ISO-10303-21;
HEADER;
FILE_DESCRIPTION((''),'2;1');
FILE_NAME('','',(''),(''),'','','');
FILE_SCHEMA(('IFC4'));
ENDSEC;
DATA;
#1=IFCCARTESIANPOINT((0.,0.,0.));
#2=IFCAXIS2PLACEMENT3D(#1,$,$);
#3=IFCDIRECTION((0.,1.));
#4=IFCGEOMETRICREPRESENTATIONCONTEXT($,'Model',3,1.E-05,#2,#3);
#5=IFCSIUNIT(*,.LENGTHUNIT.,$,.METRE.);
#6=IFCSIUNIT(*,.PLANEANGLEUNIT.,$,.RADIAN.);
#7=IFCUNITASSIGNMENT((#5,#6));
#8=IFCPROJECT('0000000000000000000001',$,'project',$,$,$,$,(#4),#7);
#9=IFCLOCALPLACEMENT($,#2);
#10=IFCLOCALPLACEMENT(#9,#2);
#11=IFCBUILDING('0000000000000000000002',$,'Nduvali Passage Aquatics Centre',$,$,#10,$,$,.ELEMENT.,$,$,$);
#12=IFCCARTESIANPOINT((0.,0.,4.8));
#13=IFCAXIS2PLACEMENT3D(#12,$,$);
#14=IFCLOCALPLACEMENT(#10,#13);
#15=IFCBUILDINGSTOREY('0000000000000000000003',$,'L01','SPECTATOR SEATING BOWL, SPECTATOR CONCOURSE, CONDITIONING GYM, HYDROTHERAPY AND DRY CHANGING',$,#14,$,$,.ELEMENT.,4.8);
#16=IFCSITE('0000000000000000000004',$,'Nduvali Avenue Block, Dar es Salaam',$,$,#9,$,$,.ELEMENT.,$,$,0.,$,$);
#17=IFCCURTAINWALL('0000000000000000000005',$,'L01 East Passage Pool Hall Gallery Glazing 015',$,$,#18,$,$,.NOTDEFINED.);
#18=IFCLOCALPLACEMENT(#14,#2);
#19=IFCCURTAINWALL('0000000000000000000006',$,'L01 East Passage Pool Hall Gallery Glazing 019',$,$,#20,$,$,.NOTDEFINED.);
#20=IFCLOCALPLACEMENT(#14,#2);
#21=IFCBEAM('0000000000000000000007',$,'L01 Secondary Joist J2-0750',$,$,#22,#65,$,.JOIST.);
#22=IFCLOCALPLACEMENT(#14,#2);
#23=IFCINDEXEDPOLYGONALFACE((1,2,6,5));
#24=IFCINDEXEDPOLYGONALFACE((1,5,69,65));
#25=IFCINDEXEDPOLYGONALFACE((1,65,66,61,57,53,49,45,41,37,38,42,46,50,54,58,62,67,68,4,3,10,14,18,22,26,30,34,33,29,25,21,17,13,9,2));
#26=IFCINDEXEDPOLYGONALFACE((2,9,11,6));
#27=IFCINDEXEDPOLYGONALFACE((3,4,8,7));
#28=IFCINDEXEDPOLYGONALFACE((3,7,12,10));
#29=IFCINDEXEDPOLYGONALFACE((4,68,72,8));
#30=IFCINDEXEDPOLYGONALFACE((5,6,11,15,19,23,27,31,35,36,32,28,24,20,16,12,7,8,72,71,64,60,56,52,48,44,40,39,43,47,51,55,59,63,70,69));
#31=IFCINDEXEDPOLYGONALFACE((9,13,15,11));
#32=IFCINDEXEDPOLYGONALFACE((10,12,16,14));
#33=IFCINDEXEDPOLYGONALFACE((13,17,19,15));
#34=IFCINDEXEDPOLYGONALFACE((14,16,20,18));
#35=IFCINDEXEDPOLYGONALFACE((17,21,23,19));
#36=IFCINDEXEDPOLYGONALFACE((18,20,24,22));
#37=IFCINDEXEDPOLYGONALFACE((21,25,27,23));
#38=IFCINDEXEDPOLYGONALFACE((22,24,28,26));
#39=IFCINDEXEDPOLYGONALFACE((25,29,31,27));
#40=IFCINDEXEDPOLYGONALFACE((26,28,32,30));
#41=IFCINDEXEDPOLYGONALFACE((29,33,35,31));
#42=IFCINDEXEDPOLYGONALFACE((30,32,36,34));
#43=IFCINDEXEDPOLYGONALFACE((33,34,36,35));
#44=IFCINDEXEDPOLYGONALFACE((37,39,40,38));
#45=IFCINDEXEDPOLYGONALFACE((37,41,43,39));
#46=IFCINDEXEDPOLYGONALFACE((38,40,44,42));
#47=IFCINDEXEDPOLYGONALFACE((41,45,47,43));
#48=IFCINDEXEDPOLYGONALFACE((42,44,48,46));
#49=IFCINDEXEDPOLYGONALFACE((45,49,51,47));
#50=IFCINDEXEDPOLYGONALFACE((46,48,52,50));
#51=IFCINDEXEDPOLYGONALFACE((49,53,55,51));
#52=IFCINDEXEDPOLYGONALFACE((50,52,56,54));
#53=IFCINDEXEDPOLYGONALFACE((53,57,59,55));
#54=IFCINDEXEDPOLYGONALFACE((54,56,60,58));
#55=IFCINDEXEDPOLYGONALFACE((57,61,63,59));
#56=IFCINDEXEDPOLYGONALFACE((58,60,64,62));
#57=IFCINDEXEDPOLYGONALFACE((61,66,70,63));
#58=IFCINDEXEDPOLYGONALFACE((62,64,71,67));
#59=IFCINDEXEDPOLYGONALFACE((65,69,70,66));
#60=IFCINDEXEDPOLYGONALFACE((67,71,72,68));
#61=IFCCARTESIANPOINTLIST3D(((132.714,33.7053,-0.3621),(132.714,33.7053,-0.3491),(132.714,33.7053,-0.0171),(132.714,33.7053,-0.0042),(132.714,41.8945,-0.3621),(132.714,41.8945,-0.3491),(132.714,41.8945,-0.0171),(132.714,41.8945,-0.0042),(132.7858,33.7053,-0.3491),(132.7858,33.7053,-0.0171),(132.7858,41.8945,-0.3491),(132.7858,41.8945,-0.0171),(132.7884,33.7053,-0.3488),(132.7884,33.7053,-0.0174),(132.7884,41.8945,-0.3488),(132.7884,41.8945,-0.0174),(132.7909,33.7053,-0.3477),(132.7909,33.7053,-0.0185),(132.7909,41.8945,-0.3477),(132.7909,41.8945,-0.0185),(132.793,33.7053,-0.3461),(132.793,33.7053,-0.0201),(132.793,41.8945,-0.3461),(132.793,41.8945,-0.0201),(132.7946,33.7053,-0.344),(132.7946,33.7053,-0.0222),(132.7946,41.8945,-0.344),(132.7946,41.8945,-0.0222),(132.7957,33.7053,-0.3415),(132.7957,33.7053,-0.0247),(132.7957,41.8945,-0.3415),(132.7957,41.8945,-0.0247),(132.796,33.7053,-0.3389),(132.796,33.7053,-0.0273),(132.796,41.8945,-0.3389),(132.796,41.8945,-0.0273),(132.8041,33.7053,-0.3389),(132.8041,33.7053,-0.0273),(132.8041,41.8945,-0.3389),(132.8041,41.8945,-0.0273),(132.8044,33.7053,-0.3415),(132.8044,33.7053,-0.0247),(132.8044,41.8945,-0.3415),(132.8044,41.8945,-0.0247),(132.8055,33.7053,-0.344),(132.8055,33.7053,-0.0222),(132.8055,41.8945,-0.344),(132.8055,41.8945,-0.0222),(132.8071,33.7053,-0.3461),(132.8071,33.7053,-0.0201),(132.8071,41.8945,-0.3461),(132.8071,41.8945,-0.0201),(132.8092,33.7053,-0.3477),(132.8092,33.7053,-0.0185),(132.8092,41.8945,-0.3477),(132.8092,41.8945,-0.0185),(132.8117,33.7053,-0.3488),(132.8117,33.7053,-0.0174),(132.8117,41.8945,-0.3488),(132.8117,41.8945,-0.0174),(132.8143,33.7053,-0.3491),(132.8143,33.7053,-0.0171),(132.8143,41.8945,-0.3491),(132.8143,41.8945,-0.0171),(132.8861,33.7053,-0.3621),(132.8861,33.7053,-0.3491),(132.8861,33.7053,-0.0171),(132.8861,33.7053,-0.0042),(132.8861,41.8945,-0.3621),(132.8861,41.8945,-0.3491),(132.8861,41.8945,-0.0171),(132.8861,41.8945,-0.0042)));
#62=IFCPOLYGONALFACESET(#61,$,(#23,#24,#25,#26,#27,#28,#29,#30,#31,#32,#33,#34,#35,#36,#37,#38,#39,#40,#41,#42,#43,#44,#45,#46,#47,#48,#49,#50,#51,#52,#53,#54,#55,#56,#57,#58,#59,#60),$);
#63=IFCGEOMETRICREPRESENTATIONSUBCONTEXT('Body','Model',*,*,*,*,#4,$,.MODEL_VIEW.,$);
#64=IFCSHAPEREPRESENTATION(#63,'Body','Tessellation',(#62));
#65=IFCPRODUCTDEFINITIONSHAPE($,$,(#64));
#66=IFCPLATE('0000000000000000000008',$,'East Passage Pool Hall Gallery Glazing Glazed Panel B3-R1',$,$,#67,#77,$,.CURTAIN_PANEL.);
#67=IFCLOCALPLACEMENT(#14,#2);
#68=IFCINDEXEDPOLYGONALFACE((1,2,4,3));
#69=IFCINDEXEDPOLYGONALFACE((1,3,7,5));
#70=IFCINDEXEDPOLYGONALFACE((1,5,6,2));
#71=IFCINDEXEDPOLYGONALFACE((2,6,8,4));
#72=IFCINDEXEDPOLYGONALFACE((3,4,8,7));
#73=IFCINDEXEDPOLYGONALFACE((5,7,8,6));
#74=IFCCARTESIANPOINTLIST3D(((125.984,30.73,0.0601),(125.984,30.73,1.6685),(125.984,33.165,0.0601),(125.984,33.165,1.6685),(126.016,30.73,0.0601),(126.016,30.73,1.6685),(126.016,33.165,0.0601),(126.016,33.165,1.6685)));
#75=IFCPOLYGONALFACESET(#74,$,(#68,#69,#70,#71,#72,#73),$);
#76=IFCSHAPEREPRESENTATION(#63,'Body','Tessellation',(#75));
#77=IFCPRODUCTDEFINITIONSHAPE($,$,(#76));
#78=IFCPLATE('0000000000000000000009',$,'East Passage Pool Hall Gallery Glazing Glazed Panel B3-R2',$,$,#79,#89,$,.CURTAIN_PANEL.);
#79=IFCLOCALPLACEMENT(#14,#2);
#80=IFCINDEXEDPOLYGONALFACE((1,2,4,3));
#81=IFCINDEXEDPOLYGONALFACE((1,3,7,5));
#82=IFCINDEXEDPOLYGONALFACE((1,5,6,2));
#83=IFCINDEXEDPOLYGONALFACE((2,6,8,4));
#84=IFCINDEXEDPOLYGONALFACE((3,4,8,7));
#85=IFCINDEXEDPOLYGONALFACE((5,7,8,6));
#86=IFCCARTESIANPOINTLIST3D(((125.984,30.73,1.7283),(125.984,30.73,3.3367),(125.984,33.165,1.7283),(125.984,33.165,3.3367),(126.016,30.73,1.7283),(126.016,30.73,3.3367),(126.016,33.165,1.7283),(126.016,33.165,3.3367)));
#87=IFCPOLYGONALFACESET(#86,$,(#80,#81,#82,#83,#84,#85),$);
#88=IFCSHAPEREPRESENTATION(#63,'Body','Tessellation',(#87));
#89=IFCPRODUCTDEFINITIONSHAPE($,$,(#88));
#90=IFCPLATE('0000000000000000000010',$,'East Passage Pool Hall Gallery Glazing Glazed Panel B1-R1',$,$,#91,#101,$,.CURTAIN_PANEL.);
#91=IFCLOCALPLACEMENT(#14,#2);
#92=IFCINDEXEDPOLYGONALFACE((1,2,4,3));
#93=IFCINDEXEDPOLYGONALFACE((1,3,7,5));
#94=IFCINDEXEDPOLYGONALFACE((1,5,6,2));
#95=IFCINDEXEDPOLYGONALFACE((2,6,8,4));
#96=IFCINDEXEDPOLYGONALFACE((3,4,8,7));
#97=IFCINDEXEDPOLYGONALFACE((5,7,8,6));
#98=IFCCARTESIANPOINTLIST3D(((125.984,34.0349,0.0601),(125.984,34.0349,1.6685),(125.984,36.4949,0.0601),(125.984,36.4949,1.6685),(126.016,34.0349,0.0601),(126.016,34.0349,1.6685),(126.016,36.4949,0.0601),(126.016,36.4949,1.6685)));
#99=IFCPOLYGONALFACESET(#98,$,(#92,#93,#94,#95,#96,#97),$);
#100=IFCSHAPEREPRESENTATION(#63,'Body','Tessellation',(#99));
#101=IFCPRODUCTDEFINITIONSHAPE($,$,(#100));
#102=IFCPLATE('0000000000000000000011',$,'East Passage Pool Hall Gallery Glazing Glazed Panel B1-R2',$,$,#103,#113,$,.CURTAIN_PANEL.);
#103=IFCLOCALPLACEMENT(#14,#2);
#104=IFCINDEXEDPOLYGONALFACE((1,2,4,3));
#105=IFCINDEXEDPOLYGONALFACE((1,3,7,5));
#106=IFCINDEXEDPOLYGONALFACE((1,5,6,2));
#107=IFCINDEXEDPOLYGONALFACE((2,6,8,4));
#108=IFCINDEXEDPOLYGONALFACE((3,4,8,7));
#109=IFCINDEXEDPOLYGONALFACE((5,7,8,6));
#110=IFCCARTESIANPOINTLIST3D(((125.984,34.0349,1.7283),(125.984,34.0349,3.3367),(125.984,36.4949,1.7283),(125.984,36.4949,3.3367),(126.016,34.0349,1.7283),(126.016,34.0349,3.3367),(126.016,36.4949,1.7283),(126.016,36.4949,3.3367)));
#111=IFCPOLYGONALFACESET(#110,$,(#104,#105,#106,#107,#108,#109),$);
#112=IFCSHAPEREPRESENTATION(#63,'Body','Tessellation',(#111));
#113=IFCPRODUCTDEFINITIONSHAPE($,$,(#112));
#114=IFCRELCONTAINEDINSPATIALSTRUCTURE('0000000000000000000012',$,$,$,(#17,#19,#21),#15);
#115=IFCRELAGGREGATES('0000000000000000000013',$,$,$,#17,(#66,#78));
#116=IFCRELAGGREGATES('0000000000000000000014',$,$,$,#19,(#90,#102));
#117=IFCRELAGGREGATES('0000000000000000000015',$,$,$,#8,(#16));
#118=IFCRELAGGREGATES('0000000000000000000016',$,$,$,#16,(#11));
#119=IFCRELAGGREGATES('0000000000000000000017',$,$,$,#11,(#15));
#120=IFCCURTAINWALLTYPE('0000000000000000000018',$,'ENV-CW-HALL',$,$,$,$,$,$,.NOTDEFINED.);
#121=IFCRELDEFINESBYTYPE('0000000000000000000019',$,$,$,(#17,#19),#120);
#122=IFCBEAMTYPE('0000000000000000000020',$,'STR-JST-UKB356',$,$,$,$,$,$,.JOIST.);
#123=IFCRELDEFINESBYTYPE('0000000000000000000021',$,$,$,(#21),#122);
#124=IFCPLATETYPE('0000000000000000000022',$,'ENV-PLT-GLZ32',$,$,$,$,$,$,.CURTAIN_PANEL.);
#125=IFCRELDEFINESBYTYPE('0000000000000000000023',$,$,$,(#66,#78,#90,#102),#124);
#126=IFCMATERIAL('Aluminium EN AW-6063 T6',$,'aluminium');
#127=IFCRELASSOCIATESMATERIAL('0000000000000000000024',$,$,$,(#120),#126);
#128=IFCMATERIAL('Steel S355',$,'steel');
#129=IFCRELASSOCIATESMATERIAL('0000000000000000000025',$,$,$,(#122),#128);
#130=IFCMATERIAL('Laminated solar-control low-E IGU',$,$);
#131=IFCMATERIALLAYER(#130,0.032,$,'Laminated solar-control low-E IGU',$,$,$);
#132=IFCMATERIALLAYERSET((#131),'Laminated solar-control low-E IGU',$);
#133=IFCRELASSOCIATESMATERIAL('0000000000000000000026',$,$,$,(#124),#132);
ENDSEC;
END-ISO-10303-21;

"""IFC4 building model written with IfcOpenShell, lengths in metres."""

from ifc_helpers import new_model, si_unit, direction, frame, origin, origin_2d, place, context, subcontext, project, spatial, rectangle, i_section, extrude, material, layer, layer_set, material_profile, profile_set, type_object, element, aggregate, save


model = new_model("IFC4")

# Units and contexts
model_context = context("Model", 3, precision=1e-05, world=origin(), true_north=direction((0.0, 1.0)))
body_context = subcontext(model_context, "Body", "Model", "MODEL_VIEW")
ifc_project = project(units=[si_unit("LENGTHUNIT", "METRE"), si_unit("PLANEANGLEUNIT", "RADIAN")], contexts=[model_context])

# Site, building, storey
site_placement = place(None, origin())
site = spatial("IfcSite", under=ifc_project, at=site_placement, Name="Nduvali Avenue Block, Dar es Salaam", CompositionType="ELEMENT", RefElevation=0.0)
building_placement = place(site_placement, origin())
building = spatial("IfcBuilding", under=site, at=building_placement, Name="Nduvali Passage Aquatics Centre", CompositionType="ELEMENT")
storey_placement = place(building_placement, frame((0.0, 0.0, 4.8)))
storey = spatial("IfcBuildingStorey", under=building, at=storey_placement, Name="L01", Description="SPECTATOR SEATING BOWL, SPECTATOR CONCOURSE, CONDITIONING GYM, HYDROTHERAPY AND DRY CHANGING", CompositionType="ELEMENT", Elevation=4.8)

# Curtain wall
ifc_material_1 = material(Name="Aluminium EN AW-6063 T6", Category="aluminium")
curtain_wall_type = type_object("IfcCurtainWallType", Name="ENV-CW-HALL", PredefinedType="NOTDEFINED", material=ifc_material_1)
curtain_wall_1_placement = place(storey_placement, origin())
curtain_wall_1 = element("IfcCurtainWall", 1, at=curtain_wall_1_placement, inside=storey, type_object=curtain_wall_type, Name="L01 East Passage Pool Hall Gallery Glazing 015", PredefinedType="NOTDEFINED")

# Curtain wall
curtain_wall_2_placement = place(storey_placement, origin())
curtain_wall_2 = element("IfcCurtainWall", 2, at=curtain_wall_2_placement, inside=storey, type_object=curtain_wall_type, Name="L01 East Passage Pool Hall Gallery Glazing 019", PredefinedType="NOTDEFINED")

# Beam
ifc_material_2 = material(Name="Steel S355", Category="steel")
ifc_material_profile_1 = material_profile(ifc_material_2, i_section(OverallWidth=0.1721, OverallDepth=0.3579, WebThickness=0.0081, FlangeThickness=0.0129, FilletRadius=0.0103, at=origin_2d()), Name="UKB 356x171x57")
ifc_profile_set_1 = profile_set([ifc_material_profile_1], Name="Steel S355")
beam_type_1 = type_object("IfcBeamType", Name="STR-JST-UKB356", PredefinedType="JOIST", material=ifc_profile_set_1)
beam_1_placement = place(storey_placement, frame((132.8, 33.7053, -0.1831), z_axis=(0.0, 1.0, 0.0), x_axis=(-1.0, 0.0, 0.0)))
element("IfcBeam", 3, at=beam_1_placement, inside=storey, type_object=beam_type_1, Name="L01 Secondary Joist J2-0750", PredefinedType="JOIST", context=body_context, shape_type="SweptSolid", body=[
    extrude(i_section(OverallWidth=0.1721, OverallDepth=0.3579, WebThickness=0.0081, FlangeThickness=0.0129, FilletRadius=0.0103, at=origin_2d()), origin(), (0.0, 0.0, 1.0), 8.1892),
])

# Plates
ifc_material_3 = material(Name="Laminated solar-control low-E IGU")
ifc_layer = layer(ifc_material_3, 0.032, Name="Laminated solar-control low-E IGU")
ifc_layer_set = layer_set([ifc_layer], Name="Laminated solar-control low-E IGU")
plate_type = type_object("IfcPlateType", Name="ENV-PLT-GLZ32", PredefinedType="CURTAIN_PANEL", material=ifc_layer_set)
plate_1_placement = place(storey_placement, frame((126.0, 31.9475, 0.0601), z_axis=(0.0, 0.0, 1.0), x_axis=(0.0, 1.0, 0.0)))
plate_1 = element("IfcPlate", 4, at=plate_1_placement, type_object=plate_type, Name="East Passage Pool Hall Gallery Glazing Glazed Panel B3-R1", PredefinedType="CURTAIN_PANEL", context=body_context, shape_type="SweptSolid", body=[
    extrude(rectangle(XDim=2.4351, YDim=0.032, at=origin_2d()), origin(), (0.0, 0.0, 1.0), 1.6084),
])
plate_2_placement = place(storey_placement, frame((126.0, 31.9475, 1.7283), z_axis=(0.0, 0.0, 1.0), x_axis=(0.0, 1.0, 0.0)))
plate_2 = element("IfcPlate", 5, at=plate_2_placement, type_object=plate_type, Name="East Passage Pool Hall Gallery Glazing Glazed Panel B3-R2", PredefinedType="CURTAIN_PANEL", context=body_context, shape_type="SweptSolid", body=[
    extrude(rectangle(XDim=2.4351, YDim=0.032, at=origin_2d()), origin(), (0.0, 0.0, 1.0), 1.6084),
])
aggregate(curtain_wall_1, [plate_1, plate_2])
plate_3_placement = place(storey_placement, frame((126.0, 35.2649, 0.0601), z_axis=(0.0, 0.0, 1.0), x_axis=(0.0, 1.0, 0.0)))
plate_3 = element("IfcPlate", 6, at=plate_3_placement, type_object=plate_type, Name="East Passage Pool Hall Gallery Glazing Glazed Panel B1-R1", PredefinedType="CURTAIN_PANEL", context=body_context, shape_type="SweptSolid", body=[
    extrude(rectangle(XDim=2.46, YDim=0.032, at=origin_2d()), origin(), (0.0, 0.0, 1.0), 1.6084),
])
plate_4_placement = place(storey_placement, frame((126.0, 35.2649, 1.7283), z_axis=(0.0, 0.0, 1.0), x_axis=(0.0, 1.0, 0.0)))
plate_4 = element("IfcPlate", 7, at=plate_4_placement, type_object=plate_type, Name="East Passage Pool Hall Gallery Glazing Glazed Panel B1-R2", PredefinedType="CURTAIN_PANEL", context=body_context, shape_type="SweptSolid", body=[
    extrude(rectangle(XDim=2.46, YDim=0.032, at=origin_2d()), origin(), (0.0, 0.0, 1.0), 1.6084),
])
aggregate(curtain_wall_2, [plate_3, plate_4])

save(model, "model.ifc")
